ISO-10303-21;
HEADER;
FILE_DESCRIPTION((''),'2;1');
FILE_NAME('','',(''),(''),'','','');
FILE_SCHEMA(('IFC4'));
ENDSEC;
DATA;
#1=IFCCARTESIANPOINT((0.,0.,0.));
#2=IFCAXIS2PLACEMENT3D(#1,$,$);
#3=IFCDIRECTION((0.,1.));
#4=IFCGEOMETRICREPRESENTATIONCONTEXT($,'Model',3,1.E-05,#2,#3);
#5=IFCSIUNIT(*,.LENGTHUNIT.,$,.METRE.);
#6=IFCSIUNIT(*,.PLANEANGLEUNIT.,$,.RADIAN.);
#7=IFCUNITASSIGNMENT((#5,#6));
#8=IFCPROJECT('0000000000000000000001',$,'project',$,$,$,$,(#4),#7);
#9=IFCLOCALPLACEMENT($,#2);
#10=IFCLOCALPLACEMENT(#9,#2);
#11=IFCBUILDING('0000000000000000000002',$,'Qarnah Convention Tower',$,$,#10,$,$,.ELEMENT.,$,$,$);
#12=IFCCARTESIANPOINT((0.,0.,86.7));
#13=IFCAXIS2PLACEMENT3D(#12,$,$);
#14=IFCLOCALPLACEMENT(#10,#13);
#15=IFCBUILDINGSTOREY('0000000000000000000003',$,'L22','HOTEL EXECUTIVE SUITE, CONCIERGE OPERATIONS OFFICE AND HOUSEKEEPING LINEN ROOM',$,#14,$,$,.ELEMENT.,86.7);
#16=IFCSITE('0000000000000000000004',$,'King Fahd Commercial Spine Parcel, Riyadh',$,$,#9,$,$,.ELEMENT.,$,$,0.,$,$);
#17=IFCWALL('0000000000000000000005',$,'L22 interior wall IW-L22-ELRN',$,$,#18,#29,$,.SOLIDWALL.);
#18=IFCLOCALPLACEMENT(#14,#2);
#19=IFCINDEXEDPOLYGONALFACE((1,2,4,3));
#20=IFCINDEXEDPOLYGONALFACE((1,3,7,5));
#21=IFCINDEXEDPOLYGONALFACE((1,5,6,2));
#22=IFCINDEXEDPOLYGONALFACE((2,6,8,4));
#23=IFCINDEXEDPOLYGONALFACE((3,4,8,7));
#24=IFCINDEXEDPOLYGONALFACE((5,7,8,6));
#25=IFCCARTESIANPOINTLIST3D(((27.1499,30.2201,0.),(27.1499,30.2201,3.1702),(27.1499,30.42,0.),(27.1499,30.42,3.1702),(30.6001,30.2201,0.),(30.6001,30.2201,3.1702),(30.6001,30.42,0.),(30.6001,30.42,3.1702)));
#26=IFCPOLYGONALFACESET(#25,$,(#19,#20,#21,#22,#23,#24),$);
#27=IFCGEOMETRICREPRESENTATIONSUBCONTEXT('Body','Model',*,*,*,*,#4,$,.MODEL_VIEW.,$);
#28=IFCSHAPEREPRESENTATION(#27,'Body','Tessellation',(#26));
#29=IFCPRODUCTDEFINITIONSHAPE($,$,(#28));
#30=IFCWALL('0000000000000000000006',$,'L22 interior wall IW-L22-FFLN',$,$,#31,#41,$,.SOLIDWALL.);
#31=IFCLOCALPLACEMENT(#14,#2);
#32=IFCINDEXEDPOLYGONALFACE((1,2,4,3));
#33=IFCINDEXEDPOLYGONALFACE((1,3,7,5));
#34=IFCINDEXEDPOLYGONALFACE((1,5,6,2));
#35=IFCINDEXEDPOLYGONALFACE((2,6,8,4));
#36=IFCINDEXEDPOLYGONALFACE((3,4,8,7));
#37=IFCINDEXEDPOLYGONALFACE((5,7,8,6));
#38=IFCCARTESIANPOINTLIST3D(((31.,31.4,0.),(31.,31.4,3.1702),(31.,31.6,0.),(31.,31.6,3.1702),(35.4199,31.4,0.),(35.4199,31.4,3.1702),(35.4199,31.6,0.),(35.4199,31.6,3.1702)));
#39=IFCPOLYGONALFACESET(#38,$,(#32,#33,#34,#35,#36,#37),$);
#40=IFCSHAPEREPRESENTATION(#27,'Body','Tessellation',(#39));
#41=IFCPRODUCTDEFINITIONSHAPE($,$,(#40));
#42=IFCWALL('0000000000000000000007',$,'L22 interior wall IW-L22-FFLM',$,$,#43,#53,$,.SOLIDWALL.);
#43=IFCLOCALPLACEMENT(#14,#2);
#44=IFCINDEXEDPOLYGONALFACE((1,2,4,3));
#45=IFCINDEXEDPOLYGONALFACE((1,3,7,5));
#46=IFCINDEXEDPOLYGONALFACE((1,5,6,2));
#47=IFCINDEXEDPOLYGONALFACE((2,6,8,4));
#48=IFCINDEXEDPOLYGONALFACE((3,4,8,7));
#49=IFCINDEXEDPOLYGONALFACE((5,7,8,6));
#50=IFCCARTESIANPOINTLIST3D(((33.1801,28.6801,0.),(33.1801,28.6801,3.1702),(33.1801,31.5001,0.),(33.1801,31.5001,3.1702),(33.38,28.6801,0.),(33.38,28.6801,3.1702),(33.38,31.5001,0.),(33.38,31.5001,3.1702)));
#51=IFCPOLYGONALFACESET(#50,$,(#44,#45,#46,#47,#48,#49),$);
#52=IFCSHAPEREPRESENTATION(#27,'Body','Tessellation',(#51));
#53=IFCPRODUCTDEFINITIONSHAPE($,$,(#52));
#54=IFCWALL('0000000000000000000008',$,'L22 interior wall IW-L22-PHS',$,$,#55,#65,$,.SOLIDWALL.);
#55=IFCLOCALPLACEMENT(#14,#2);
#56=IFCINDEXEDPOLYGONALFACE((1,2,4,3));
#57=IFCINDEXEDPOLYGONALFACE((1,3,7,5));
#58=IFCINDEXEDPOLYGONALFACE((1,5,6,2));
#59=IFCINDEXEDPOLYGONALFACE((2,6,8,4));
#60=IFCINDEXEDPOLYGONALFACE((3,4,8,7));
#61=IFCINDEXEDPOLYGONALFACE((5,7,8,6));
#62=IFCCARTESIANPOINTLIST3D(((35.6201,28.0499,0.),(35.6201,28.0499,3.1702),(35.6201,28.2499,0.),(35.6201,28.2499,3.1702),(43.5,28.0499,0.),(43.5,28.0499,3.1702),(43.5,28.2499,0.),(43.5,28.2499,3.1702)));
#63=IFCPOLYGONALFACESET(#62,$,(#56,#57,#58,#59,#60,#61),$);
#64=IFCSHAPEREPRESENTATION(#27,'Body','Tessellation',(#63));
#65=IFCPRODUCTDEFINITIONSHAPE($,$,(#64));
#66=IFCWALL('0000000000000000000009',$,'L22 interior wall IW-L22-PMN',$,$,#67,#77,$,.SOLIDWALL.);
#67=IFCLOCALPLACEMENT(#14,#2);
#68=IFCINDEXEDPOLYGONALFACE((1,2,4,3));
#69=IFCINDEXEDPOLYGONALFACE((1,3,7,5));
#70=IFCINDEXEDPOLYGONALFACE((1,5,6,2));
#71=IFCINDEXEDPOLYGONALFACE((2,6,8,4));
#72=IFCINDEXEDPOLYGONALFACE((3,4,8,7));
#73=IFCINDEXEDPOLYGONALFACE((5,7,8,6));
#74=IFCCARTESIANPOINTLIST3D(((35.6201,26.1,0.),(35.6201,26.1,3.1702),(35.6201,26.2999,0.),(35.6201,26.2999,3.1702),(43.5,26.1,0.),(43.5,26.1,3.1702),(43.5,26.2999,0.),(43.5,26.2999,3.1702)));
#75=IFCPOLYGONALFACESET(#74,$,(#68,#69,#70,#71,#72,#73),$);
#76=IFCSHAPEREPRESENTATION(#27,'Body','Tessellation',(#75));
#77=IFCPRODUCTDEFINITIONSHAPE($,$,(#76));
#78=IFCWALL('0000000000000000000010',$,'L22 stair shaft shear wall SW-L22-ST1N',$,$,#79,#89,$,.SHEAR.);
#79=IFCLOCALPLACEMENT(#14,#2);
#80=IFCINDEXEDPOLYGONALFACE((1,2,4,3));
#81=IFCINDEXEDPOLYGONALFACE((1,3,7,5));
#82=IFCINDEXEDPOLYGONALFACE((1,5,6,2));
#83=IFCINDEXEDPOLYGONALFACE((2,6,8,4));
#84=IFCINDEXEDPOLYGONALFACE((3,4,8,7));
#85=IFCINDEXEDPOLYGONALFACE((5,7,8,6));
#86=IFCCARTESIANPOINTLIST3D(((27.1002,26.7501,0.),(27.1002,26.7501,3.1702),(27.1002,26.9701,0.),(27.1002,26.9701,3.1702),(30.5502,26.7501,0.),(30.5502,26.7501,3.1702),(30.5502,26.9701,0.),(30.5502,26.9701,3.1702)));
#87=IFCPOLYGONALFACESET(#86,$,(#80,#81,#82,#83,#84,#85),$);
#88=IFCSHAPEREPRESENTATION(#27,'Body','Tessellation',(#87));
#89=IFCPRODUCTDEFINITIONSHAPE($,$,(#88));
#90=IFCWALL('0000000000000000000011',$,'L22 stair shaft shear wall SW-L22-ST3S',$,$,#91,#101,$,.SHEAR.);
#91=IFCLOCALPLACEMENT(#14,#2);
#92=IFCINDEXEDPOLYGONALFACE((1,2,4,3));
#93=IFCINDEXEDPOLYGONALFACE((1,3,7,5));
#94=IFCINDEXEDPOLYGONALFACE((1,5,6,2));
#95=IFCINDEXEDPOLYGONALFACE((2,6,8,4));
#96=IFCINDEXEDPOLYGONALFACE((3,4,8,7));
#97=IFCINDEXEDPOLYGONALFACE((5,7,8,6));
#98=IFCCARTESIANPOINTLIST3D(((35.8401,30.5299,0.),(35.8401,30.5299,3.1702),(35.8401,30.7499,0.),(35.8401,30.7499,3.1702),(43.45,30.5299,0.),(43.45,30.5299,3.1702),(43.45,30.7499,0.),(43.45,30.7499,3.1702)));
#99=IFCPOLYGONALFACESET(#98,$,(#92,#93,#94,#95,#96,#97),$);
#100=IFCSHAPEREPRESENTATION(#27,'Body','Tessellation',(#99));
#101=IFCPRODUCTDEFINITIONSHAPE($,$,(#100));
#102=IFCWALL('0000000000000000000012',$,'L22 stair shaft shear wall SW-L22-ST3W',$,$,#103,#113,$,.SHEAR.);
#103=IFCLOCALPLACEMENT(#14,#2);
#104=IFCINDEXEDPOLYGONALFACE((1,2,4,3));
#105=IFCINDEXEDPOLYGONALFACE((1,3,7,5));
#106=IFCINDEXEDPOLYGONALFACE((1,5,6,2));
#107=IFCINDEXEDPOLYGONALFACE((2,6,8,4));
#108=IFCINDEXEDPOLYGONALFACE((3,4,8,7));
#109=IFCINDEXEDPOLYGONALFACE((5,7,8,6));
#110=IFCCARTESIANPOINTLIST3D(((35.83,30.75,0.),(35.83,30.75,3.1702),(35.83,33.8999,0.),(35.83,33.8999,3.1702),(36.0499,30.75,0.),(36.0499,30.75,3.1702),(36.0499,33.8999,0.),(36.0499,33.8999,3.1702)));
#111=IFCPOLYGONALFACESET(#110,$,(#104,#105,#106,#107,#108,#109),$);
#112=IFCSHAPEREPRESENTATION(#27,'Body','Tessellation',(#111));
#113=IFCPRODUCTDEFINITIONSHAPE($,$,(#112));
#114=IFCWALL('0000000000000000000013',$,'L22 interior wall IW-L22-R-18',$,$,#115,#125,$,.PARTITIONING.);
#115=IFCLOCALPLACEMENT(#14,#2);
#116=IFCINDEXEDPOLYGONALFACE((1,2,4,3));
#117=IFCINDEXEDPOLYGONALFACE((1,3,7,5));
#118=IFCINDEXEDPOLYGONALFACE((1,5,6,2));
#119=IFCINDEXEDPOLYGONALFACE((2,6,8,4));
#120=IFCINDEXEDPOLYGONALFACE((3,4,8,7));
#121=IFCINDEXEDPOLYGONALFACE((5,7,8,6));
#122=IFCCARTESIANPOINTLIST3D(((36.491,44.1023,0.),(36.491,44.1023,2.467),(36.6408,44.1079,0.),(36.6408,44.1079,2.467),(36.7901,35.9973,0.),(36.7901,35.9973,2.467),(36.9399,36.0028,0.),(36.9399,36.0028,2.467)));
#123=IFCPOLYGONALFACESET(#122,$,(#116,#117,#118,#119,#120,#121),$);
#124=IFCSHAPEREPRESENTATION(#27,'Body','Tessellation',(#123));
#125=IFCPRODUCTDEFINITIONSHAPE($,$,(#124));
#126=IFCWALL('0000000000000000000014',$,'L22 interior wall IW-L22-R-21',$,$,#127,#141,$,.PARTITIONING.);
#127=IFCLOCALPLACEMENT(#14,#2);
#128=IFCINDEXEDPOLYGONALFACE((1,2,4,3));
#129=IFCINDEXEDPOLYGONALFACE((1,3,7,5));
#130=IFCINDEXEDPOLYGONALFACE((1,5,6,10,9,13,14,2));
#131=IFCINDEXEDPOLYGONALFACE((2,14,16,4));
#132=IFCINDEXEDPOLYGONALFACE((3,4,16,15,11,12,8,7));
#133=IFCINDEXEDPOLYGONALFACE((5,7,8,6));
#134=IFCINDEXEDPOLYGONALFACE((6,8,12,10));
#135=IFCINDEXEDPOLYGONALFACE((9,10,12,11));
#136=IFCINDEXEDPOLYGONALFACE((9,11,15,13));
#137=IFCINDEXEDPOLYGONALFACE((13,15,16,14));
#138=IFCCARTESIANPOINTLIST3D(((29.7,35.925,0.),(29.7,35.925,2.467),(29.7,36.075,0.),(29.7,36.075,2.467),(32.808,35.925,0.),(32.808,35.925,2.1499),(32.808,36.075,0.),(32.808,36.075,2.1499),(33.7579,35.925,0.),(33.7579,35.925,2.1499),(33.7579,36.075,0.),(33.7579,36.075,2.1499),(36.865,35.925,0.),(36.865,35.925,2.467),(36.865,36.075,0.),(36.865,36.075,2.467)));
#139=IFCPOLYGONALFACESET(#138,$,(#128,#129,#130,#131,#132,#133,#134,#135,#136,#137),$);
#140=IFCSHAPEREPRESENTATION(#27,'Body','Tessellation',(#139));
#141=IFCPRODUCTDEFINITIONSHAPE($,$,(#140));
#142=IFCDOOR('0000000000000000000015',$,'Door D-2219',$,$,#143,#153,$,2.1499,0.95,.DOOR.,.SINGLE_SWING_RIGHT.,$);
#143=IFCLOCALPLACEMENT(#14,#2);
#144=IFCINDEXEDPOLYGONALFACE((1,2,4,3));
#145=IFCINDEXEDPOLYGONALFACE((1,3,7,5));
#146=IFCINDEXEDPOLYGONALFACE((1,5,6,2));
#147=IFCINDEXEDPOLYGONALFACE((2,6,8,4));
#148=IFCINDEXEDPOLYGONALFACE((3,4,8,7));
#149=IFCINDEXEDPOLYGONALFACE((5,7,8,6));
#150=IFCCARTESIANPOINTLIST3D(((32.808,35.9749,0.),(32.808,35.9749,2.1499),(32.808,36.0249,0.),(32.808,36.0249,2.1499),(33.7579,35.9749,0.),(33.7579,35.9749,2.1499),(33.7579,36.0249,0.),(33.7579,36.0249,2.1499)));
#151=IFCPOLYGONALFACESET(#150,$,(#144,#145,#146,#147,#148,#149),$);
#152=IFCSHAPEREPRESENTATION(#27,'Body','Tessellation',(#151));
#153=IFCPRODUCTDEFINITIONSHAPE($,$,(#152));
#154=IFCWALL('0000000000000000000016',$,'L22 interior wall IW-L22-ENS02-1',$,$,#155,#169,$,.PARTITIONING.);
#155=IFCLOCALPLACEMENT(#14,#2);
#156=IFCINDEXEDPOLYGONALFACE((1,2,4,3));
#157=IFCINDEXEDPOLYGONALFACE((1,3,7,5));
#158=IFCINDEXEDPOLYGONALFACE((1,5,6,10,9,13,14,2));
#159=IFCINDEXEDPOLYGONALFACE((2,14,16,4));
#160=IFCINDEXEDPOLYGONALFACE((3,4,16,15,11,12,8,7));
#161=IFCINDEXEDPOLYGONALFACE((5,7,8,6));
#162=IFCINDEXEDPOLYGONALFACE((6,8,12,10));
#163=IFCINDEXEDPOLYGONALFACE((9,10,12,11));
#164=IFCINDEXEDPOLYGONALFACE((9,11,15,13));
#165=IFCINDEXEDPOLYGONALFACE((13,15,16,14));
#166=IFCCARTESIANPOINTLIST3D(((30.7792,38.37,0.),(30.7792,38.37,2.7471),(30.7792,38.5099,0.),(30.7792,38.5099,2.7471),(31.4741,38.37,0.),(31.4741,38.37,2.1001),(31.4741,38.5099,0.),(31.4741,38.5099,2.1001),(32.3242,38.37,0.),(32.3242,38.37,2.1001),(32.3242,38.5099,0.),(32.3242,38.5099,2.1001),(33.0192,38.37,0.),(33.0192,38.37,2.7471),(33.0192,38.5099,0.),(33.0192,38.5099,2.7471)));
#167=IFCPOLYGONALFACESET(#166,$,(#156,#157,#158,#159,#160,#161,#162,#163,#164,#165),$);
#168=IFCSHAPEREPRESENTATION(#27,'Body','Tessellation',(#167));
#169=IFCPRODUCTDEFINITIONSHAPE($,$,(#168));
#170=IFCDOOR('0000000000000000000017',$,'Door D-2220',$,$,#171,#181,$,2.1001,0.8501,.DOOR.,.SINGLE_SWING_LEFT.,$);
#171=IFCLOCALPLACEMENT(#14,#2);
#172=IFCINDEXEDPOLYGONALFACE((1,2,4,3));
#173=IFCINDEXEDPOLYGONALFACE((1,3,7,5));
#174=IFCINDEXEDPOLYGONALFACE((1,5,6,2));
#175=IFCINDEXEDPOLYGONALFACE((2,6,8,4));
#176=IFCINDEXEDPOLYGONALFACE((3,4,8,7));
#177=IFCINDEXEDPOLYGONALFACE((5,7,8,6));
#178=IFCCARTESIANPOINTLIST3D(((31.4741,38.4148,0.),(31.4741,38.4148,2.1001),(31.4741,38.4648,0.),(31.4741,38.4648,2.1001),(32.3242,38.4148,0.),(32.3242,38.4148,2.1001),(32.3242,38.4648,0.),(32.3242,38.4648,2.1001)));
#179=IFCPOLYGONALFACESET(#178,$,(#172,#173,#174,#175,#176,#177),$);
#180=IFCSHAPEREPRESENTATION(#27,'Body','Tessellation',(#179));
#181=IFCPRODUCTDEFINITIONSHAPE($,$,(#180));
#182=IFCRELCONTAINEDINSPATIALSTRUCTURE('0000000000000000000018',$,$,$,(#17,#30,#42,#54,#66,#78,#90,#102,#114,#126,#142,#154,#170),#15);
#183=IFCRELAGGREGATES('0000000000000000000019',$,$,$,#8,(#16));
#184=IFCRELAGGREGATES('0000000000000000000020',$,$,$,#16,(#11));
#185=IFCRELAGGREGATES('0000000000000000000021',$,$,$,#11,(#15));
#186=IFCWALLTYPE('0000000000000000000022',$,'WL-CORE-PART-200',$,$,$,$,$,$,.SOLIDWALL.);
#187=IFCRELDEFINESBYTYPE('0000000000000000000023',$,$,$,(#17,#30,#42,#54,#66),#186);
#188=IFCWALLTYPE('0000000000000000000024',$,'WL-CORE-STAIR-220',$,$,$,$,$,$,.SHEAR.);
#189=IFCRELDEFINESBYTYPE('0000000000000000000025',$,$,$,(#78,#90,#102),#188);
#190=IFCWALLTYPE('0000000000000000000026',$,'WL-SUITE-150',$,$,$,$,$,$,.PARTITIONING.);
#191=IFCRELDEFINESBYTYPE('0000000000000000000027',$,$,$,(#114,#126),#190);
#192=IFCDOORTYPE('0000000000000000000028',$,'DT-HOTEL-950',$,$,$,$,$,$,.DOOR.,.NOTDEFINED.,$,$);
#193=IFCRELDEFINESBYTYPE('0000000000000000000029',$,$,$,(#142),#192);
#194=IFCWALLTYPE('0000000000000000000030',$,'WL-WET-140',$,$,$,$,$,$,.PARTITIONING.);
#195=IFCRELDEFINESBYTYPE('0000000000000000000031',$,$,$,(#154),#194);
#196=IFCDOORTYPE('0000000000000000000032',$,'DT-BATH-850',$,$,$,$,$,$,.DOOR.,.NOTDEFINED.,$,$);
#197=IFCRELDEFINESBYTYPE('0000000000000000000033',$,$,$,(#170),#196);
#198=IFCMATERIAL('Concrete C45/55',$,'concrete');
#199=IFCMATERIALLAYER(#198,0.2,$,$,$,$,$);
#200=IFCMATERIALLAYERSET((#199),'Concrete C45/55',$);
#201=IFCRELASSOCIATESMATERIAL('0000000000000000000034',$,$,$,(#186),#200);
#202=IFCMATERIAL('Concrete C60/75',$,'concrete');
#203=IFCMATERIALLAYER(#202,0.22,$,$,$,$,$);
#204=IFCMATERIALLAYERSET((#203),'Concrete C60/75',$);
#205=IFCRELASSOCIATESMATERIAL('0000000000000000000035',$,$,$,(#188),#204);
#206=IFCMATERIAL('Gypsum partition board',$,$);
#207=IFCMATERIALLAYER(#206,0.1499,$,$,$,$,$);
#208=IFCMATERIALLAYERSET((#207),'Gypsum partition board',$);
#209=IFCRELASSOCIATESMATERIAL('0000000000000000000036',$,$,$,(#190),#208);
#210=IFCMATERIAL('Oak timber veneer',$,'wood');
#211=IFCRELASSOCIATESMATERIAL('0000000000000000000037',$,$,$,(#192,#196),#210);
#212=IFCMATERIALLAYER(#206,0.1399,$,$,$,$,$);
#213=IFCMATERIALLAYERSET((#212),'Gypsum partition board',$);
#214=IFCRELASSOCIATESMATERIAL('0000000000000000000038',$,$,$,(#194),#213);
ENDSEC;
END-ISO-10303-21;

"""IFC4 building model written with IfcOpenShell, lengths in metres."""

from ifc_helpers import new_model, si_unit, direction, frame, frame_2d, origin, place, context, subcontext, project, spatial, rectangle, extrude, material, layer, layer_set, type_object, element, fill, save


model = new_model("IFC4")

# Units and contexts
model_context = context("Model", 3, precision=1e-05, world=origin(), true_north=direction((0.0, 1.0)))
body_context = subcontext(model_context, "Body", "Model", "MODEL_VIEW")
ifc_project = project(units=[si_unit("LENGTHUNIT", "METRE"), si_unit("PLANEANGLEUNIT", "RADIAN")], contexts=[model_context])

# Site, building, storey
site_placement = place(None, origin())
site = spatial("IfcSite", under=ifc_project, at=site_placement, Name="King Fahd Commercial Spine Parcel, Riyadh", CompositionType="ELEMENT", RefElevation=0.0)
building_placement = place(site_placement, origin())
building = spatial("IfcBuilding", under=site, at=building_placement, Name="Qarnah Convention Tower", CompositionType="ELEMENT")
storey_placement = place(building_placement, frame((0.0, 0.0, 86.7)))
storey = spatial("IfcBuildingStorey", under=building, at=storey_placement, Name="L22", Description="HOTEL EXECUTIVE SUITE, CONCIERGE OPERATIONS OFFICE AND HOUSEKEEPING LINEN ROOM", CompositionType="ELEMENT", Elevation=86.7)

# Shared definitions
ifc_material_1 = material(Name="Concrete C60/75", Category="concrete")

# Wall
ifc_material_2 = material(Name="Concrete C45/55", Category="concrete")
ifc_layer_1 = layer(ifc_material_2, 0.2)
ifc_layer_set_1 = layer_set([ifc_layer_1], Name="Concrete C45/55")
wall_type_1 = type_object("IfcWallType", Name="WL-CORE-PART-200", PredefinedType="SOLIDWALL", material=ifc_layer_set_1)
wall_1_placement = place(storey_placement, frame((27.1499, 30.3201, 0.0), z_axis=(0.0, 0.0, 1.0), x_axis=(1.0, 0.0, 0.0)))
element("IfcWall", 1, at=wall_1_placement, inside=storey, type_object=wall_type_1, Name="L22 interior wall IW-L22-ELRN", PredefinedType="SOLIDWALL", context=body_context, shape_type="SweptSolid", body=[
    extrude(rectangle(XDim=3.4502, YDim=0.2, at=frame_2d((1.7251, 0.0))), origin(), (0.0, 0.0, 1.0), 3.1702),
])

# Walls
wall_2_placement = place(storey_placement, frame((31.0, 31.5, 0.0), z_axis=(0.0, 0.0, 1.0), x_axis=(1.0, 0.0, 0.0)))
element("IfcWall", 2, at=wall_2_placement, inside=storey, type_object=wall_type_1, Name="L22 interior wall IW-L22-FFLN", PredefinedType="SOLIDWALL", context=body_context, shape_type="SweptSolid", body=[
    extrude(rectangle(XDim=4.4199, YDim=0.2, at=frame_2d((2.21, 0.0))), origin(), (0.0, 0.0, 1.0), 3.1702),
])
wall_3_placement = place(storey_placement, frame((33.28, 28.6799, 0.0), z_axis=(0.0, 0.0, 1.0), x_axis=(0.0, 1.0, 0.0)))
element("IfcWall", 3, at=wall_3_placement, inside=storey, type_object=wall_type_1, Name="L22 interior wall IW-L22-FFLM", PredefinedType="SOLIDWALL", context=body_context, shape_type="SweptSolid", body=[
    extrude(rectangle(XDim=2.8201, YDim=0.2, at=frame_2d((1.4102, 0.0))), origin(), (0.0, 0.0, 1.0), 3.1702),
])
for number, where, z_axis, x_axis, name in (
    (4, (35.6201, 28.1499, 0.0), (0.0, 0.0, 1.0), (1.0, 0.0, 0.0), "L22 interior wall IW-L22-PHS"),
    (5, (35.6201, 26.2, 0.0), (0.0, 0.0, 1.0), (1.0, 0.0, 0.0), "L22 interior wall IW-L22-PMN"),
):
    element("IfcWall", number, at=place(storey_placement, frame(where, z_axis=z_axis, x_axis=x_axis)), inside=storey, type_object=wall_type_1, Name=name, PredefinedType="SOLIDWALL", context=body_context, shape_type="SweptSolid", body=[
        extrude(rectangle(XDim=7.8799, YDim=0.2, at=frame_2d((3.9399, 0.0))), origin(), (0.0, 0.0, 1.0), 3.1702),
    ])
ifc_layer_2 = layer(ifc_material_1, 0.22)
ifc_layer_set_2 = layer_set([ifc_layer_2], Name="Concrete C60/75")
wall_type_2 = type_object("IfcWallType", Name="WL-CORE-STAIR-220", PredefinedType="SHEAR", material=ifc_layer_set_2)
wall_4_placement = place(storey_placement, frame((27.1001, 26.8601, 0.0), z_axis=(0.0, 0.0, 1.0), x_axis=(1.0, 0.0, 0.0)))
element("IfcWall", 6, at=wall_4_placement, inside=storey, type_object=wall_type_2, Name="L22 stair shaft shear wall SW-L22-ST1N", PredefinedType="SHEAR", context=body_context, shape_type="SweptSolid", body=[
    extrude(rectangle(XDim=3.45, YDim=0.22, at=frame_2d((1.7251, 0.0))), origin(), (0.0, 0.0, 1.0), 3.1702),
])
wall_5_placement = place(storey_placement, frame((35.8401, 30.6399, 0.0), z_axis=(0.0, 0.0, 1.0), x_axis=(1.0, 0.0, 0.0)))
element("IfcWall", 7, at=wall_5_placement, inside=storey, type_object=wall_type_2, Name="L22 stair shaft shear wall SW-L22-ST3S", PredefinedType="SHEAR", context=body_context, shape_type="SweptSolid", body=[
    extrude(rectangle(XDim=7.6099, YDim=0.22, at=frame_2d((3.8049, 0.0))), origin(), (0.0, 0.0, 1.0), 3.1702),
])
wall_6_placement = place(storey_placement, frame((35.9399, 30.75, 0.0), z_axis=(0.0, 0.0, 1.0), x_axis=(0.0, 1.0, 0.0)))
element("IfcWall", 8, at=wall_6_placement, inside=storey, type_object=wall_type_2, Name="L22 stair shaft shear wall SW-L22-ST3W", PredefinedType="SHEAR", context=body_context, shape_type="SweptSolid", body=[
    extrude(rectangle(XDim=3.1499, YDim=0.22, at=frame_2d((1.575, 0.0))), origin(), (0.0, 0.0, 1.0), 3.1702),
])
ifc_material_3 = material(Name="Gypsum partition board")
ifc_layer_3 = layer(ifc_material_3, 0.1499)
ifc_layer_set_3 = layer_set([ifc_layer_3], Name="Gypsum partition board")
wall_type_3 = type_object("IfcWallType", Name="WL-SUITE-150", PredefinedType="PARTITIONING", material=ifc_layer_set_3)
wall_7_placement = place(storey_placement, frame((36.5659, 44.105, 0.0), z_axis=(0.0, 0.0, 1.0), x_axis=(0.036875, -0.99932, 0.0)))
element("IfcWall", 9, at=wall_7_placement, inside=storey, type_object=wall_type_3, Name="L22 interior wall IW-L22-R-18", PredefinedType="PARTITIONING", context=body_context, shape_type="SweptSolid", body=[
    extrude(rectangle(XDim=8.1106, YDim=0.1499, at=frame_2d((4.0552, 0.0))), origin(), (0.0, 0.0, 1.0), 2.467),
])

# Walls, openings, doors
wall_8_placement = place(storey_placement, frame((29.7, 36.0, 0.0), z_axis=(0.0, 0.0, 1.0), x_axis=(1.0, 0.0, 0.0)))
wall_8 = element("IfcWall", 10, at=wall_8_placement, inside=storey, type_object=wall_type_3, Name="L22 interior wall IW-L22-R-21", PredefinedType="PARTITIONING", context=body_context, shape_type="SweptSolid", body=[
    extrude(rectangle(XDim=7.165, YDim=0.1499, at=frame_2d((3.5825, 0.0))), origin(), (0.0, 0.0, 1.0), 2.467),
])
opening_1_placement = place(wall_8_placement, frame((3.1079, 0.0, 0.0)))
opening_1 = element("IfcOpeningElement", 11, at=opening_1_placement, cuts=wall_8, PredefinedType="OPENING", context=body_context, shape_type="SweptSolid", body=[
    extrude(rectangle(XDim=0.95, YDim=2.1499, at=frame_2d((0.4751, 1.075))), frame((0.0, 0.085, 0.0), z_axis=(0.0, -1.0, 0.0), x_axis=(1.0, 0.0, 0.0)), (0.0, 0.0, 1.0), 0.1699),
])
ifc_material_4 = material(Name="Oak timber veneer", Category="wood")
door_type_1 = type_object("IfcDoorType", Name="DT-HOTEL-950", OperationType="NOTDEFINED", PredefinedType="DOOR", material=ifc_material_4)
door_1_placement = place(opening_1_placement, origin())
door_1 = element("IfcDoor", 12, at=door_1_placement, inside=storey, type_object=door_type_1, Name="Door D-2219", OperationType="SINGLE_SWING_RIGHT", OverallHeight=2.1499, OverallWidth=0.95, PredefinedType="DOOR", context=body_context, shape_type="SweptSolid", body=[
    extrude(rectangle(XDim=0.95, YDim=2.1499, at=frame_2d((0.4751, 1.075))), frame((0.0, 0.0249, 0.0), z_axis=(0.0, -1.0, 0.0), x_axis=(1.0, 0.0, 0.0)), (0.0, 0.0, 1.0), 0.05),
])
fill(opening_1, door_1)
ifc_layer_4 = layer(ifc_material_3, 0.1399)
ifc_layer_set_4 = layer_set([ifc_layer_4], Name="Gypsum partition board")
wall_type_4 = type_object("IfcWallType", Name="WL-WET-140", PredefinedType="PARTITIONING", material=ifc_layer_set_4)
wall_9_placement = place(storey_placement, frame((30.7791, 38.4399, 0.0), z_axis=(0.0, 0.0, 1.0), x_axis=(1.0, 0.0, 0.0)))
wall_9 = element("IfcWall", 13, at=wall_9_placement, inside=storey, type_object=wall_type_4, Name="L22 interior wall IW-L22-ENS02-1", PredefinedType="PARTITIONING", context=body_context, shape_type="SweptSolid", body=[
    extrude(rectangle(XDim=2.24, YDim=0.1399, at=frame_2d((1.1201, 0.0))), origin(), (0.0, 0.0, 1.0), 2.7471),
])
opening_2_placement = place(wall_9_placement, frame((0.6951, 0.0, 0.0)))
opening_2 = element("IfcOpeningElement", 14, at=opening_2_placement, cuts=wall_9, PredefinedType="OPENING", context=body_context, shape_type="SweptSolid", body=[
    extrude(rectangle(XDim=0.8501, YDim=2.1001, at=frame_2d((0.425, 1.05))), frame((0.0, 0.0798, 0.0), z_axis=(0.0, -1.0, 0.0), x_axis=(1.0, 0.0, 0.0)), (0.0, 0.0, 1.0), 0.1599),
])
door_type_2 = type_object("IfcDoorType", Name="DT-BATH-850", OperationType="NOTDEFINED", PredefinedType="DOOR", material=ifc_material_4)
door_2_placement = place(opening_2_placement, origin())
door_2 = element("IfcDoor", 15, at=door_2_placement, inside=storey, type_object=door_type_2, Name="Door D-2220", OperationType="SINGLE_SWING_LEFT", OverallHeight=2.1001, OverallWidth=0.8501, PredefinedType="DOOR", context=body_context, shape_type="SweptSolid", body=[
    extrude(rectangle(XDim=0.8501, YDim=2.1001, at=frame_2d((0.425, 1.05))), frame((0.0, 0.0249, 0.0), z_axis=(0.0, -1.0, 0.0), x_axis=(1.0, 0.0, 0.0)), (0.0, 0.0, 1.0), 0.05),
])
fill(opening_2, door_2)

save(model, "model.ifc")
